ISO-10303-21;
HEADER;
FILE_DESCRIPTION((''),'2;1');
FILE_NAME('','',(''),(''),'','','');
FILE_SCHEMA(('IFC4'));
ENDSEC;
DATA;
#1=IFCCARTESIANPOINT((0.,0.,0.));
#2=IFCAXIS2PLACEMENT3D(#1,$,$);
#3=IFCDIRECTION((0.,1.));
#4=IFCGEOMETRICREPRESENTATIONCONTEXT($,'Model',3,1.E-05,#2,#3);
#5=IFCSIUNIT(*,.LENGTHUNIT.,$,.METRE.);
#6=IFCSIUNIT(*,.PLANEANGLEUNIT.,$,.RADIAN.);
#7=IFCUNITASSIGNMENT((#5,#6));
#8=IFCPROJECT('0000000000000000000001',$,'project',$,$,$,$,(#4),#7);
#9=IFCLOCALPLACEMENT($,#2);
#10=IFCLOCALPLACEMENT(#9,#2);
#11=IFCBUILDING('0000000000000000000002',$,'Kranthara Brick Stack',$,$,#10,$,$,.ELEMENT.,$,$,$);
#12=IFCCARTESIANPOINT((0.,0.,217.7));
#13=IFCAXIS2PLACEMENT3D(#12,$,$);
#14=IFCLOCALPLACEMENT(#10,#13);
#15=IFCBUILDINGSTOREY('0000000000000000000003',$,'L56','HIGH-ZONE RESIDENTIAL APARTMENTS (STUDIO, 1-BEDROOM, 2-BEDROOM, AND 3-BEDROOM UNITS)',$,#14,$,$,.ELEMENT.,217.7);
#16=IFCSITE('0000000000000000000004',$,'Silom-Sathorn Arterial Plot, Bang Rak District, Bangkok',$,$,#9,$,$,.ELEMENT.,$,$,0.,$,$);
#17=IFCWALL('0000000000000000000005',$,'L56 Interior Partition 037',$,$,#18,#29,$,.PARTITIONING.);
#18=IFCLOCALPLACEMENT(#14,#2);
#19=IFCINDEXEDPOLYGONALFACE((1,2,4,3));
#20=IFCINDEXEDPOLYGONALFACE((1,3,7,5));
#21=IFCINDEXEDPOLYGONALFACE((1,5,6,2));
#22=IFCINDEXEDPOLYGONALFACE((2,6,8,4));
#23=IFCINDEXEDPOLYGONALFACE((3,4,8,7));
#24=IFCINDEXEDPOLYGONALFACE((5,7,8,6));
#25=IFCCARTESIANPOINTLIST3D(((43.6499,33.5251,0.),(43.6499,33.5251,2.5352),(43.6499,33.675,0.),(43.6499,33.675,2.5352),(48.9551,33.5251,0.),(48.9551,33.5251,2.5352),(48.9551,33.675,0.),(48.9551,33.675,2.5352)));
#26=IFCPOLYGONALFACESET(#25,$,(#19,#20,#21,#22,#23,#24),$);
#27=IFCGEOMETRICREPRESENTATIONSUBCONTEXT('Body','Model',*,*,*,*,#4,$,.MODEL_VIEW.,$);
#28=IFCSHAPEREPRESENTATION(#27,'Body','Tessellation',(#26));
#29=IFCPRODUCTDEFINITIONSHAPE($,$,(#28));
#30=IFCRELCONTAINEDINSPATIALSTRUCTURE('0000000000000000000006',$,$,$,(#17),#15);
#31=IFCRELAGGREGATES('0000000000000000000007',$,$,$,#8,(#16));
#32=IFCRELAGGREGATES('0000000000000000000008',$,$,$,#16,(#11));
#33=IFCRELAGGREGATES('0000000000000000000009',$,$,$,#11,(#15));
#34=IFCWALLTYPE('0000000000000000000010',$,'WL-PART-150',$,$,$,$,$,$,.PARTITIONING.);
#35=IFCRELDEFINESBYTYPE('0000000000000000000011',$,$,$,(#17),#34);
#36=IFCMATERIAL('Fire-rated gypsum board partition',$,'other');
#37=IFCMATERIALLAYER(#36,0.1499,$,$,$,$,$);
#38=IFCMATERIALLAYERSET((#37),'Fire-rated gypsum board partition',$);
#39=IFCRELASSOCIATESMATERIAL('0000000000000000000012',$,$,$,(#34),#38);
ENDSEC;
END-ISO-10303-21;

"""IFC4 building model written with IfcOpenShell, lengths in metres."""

from ifc_helpers import new_model, si_unit, direction, frame, frame_2d, origin, place, context, subcontext, project, spatial, rectangle, extrude, material, layer, layer_set, type_object, element, save


model = new_model("IFC4")

# Units and contexts
model_context = context("Model", 3, precision=1e-05, world=origin(), true_north=direction((0.0, 1.0)))
body_context = subcontext(model_context, "Body", "Model", "MODEL_VIEW")
ifc_project = project(units=[si_unit("LENGTHUNIT", "METRE"), si_unit("PLANEANGLEUNIT", "RADIAN")], contexts=[model_context])

# Site, building, storey
site_placement = place(None, origin())
site = spatial("IfcSite", under=ifc_project, at=site_placement, Name="Silom-Sathorn Arterial Plot, Bang Rak District, Bangkok", CompositionType="ELEMENT", RefElevation=0.0)
building_placement = place(site_placement, origin())
building = spatial("IfcBuilding", under=site, at=building_placement, Name="Kranthara Brick Stack", CompositionType="ELEMENT")
storey_placement = place(building_placement, frame((0.0, 0.0, 217.7)))
storey = spatial("IfcBuildingStorey", under=building, at=storey_placement, Name="L56", Description="HIGH-ZONE RESIDENTIAL APARTMENTS (STUDIO, 1-BEDROOM, 2-BEDROOM, AND 3-BEDROOM UNITS)", CompositionType="ELEMENT", Elevation=217.7)

# Wall
ifc_material_1 = material(Name="Fire-rated gypsum board partition", Category="other")
ifc_layer_1 = layer(ifc_material_1, 0.1499)
ifc_layer_set_1 = layer_set([ifc_layer_1], Name="Fire-rated gypsum board partition")
wall_type_1 = type_object("IfcWallType", Name="WL-PART-150", PredefinedType="PARTITIONING", material=ifc_layer_set_1)
wall_1_placement = place(storey_placement, frame((43.6499, 33.6001, 0.0), z_axis=(0.0, 0.0, 1.0), x_axis=(1.0, 0.0, 0.0)))
element("IfcWall", 1, at=wall_1_placement, inside=storey, type_object=wall_type_1, Name="L56 Interior Partition 037", PredefinedType="PARTITIONING", context=body_context, shape_type="SweptSolid", body=[
    extrude(rectangle(XDim=5.3052, YDim=0.1499, at=frame_2d((2.6526, 0.0))), origin(), (0.0, 0.0, 1.0), 2.5352),
])

save(model, "model.ifc")
